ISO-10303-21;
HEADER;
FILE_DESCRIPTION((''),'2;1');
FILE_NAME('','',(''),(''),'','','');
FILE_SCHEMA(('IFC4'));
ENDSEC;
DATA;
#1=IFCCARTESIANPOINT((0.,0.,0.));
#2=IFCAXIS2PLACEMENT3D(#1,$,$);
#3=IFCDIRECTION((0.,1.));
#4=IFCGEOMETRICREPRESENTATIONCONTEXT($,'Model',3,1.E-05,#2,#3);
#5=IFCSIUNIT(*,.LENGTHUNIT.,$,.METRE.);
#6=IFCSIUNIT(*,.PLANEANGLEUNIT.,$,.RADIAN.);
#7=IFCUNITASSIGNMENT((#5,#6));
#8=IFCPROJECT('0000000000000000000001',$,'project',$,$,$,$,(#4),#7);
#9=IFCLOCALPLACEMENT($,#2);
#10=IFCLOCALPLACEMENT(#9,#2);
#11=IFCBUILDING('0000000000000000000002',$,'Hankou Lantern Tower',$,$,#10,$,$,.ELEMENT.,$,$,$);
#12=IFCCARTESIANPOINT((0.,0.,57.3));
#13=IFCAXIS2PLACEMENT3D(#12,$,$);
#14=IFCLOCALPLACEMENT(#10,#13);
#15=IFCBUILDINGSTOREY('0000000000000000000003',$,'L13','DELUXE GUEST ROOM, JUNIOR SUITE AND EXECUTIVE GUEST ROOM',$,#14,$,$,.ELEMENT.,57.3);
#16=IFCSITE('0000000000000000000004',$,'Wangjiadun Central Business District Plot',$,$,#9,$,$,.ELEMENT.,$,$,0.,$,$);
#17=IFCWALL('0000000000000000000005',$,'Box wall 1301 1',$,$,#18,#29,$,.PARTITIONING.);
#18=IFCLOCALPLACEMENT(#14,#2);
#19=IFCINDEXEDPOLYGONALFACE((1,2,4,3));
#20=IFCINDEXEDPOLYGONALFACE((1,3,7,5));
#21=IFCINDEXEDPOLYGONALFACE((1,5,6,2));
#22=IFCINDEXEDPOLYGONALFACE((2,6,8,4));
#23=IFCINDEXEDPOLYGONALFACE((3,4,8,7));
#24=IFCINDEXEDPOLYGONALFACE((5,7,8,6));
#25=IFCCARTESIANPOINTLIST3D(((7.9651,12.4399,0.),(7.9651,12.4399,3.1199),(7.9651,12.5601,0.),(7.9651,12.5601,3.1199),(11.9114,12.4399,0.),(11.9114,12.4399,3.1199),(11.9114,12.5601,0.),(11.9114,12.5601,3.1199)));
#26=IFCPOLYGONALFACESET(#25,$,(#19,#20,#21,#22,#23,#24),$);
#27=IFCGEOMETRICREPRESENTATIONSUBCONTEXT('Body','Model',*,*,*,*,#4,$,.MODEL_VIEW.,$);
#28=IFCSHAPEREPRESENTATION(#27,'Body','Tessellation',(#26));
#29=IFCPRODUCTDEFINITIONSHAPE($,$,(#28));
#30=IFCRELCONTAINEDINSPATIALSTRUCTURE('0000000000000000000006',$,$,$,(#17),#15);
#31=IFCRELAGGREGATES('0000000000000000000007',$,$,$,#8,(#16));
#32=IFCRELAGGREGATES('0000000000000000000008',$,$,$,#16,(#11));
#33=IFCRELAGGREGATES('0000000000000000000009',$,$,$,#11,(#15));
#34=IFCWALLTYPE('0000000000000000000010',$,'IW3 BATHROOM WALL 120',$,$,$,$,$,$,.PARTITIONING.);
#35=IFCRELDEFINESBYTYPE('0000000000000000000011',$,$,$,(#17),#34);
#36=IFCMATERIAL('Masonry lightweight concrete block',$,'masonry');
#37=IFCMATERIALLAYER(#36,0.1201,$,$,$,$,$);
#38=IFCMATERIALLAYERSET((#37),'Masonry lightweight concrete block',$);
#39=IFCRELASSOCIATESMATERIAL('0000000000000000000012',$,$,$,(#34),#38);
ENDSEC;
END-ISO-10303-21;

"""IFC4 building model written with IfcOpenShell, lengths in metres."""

from ifc_helpers import new_model, si_unit, direction, frame, frame_2d, origin, place, context, subcontext, project, spatial, rectangle, extrude, material, layer, layer_set, type_object, element, save


model = new_model("IFC4")

# Units and contexts
model_context = context("Model", 3, precision=1e-05, world=origin(), true_north=direction((0.0, 1.0)))
body_context = subcontext(model_context, "Body", "Model", "MODEL_VIEW")
ifc_project = project(units=[si_unit("LENGTHUNIT", "METRE"), si_unit("PLANEANGLEUNIT", "RADIAN")], contexts=[model_context])

# Site, building, storey
site_placement = place(None, origin())
site = spatial("IfcSite", under=ifc_project, at=site_placement, Name="Wangjiadun Central Business District Plot", CompositionType="ELEMENT", RefElevation=0.0)
building_placement = place(site_placement, origin())
building = spatial("IfcBuilding", under=site, at=building_placement, Name="Hankou Lantern Tower", CompositionType="ELEMENT")
storey_placement = place(building_placement, frame((0.0, 0.0, 57.3)))
storey = spatial("IfcBuildingStorey", under=building, at=storey_placement, Name="L13", Description="DELUXE GUEST ROOM, JUNIOR SUITE AND EXECUTIVE GUEST ROOM", CompositionType="ELEMENT", Elevation=57.3)

# Wall
ifc_material_1 = material(Name="Masonry lightweight concrete block", Category="masonry")
ifc_layer_1 = layer(ifc_material_1, 0.1201)
ifc_layer_set_1 = layer_set([ifc_layer_1], Name="Masonry lightweight concrete block")
wall_type_1 = type_object("IfcWallType", Name="IW3 BATHROOM WALL 120", PredefinedType="PARTITIONING", material=ifc_layer_set_1)
wall_1_placement = place(storey_placement, frame((11.9114, 12.5, 0.0), z_axis=(0.0, 0.0, 1.0), x_axis=(-1.0, 0.0, 0.0)))
element("IfcWall", 1, at=wall_1_placement, inside=storey, type_object=wall_type_1, Name="Box wall 1301 1", PredefinedType="PARTITIONING", context=body_context, shape_type="SweptSolid", body=[
    extrude(rectangle(XDim=3.9463, YDim=0.1201, at=frame_2d((1.9731, 0.0))), origin(), (0.0, 0.0, 1.0), 3.1199),
])

save(model, "model.ifc")
